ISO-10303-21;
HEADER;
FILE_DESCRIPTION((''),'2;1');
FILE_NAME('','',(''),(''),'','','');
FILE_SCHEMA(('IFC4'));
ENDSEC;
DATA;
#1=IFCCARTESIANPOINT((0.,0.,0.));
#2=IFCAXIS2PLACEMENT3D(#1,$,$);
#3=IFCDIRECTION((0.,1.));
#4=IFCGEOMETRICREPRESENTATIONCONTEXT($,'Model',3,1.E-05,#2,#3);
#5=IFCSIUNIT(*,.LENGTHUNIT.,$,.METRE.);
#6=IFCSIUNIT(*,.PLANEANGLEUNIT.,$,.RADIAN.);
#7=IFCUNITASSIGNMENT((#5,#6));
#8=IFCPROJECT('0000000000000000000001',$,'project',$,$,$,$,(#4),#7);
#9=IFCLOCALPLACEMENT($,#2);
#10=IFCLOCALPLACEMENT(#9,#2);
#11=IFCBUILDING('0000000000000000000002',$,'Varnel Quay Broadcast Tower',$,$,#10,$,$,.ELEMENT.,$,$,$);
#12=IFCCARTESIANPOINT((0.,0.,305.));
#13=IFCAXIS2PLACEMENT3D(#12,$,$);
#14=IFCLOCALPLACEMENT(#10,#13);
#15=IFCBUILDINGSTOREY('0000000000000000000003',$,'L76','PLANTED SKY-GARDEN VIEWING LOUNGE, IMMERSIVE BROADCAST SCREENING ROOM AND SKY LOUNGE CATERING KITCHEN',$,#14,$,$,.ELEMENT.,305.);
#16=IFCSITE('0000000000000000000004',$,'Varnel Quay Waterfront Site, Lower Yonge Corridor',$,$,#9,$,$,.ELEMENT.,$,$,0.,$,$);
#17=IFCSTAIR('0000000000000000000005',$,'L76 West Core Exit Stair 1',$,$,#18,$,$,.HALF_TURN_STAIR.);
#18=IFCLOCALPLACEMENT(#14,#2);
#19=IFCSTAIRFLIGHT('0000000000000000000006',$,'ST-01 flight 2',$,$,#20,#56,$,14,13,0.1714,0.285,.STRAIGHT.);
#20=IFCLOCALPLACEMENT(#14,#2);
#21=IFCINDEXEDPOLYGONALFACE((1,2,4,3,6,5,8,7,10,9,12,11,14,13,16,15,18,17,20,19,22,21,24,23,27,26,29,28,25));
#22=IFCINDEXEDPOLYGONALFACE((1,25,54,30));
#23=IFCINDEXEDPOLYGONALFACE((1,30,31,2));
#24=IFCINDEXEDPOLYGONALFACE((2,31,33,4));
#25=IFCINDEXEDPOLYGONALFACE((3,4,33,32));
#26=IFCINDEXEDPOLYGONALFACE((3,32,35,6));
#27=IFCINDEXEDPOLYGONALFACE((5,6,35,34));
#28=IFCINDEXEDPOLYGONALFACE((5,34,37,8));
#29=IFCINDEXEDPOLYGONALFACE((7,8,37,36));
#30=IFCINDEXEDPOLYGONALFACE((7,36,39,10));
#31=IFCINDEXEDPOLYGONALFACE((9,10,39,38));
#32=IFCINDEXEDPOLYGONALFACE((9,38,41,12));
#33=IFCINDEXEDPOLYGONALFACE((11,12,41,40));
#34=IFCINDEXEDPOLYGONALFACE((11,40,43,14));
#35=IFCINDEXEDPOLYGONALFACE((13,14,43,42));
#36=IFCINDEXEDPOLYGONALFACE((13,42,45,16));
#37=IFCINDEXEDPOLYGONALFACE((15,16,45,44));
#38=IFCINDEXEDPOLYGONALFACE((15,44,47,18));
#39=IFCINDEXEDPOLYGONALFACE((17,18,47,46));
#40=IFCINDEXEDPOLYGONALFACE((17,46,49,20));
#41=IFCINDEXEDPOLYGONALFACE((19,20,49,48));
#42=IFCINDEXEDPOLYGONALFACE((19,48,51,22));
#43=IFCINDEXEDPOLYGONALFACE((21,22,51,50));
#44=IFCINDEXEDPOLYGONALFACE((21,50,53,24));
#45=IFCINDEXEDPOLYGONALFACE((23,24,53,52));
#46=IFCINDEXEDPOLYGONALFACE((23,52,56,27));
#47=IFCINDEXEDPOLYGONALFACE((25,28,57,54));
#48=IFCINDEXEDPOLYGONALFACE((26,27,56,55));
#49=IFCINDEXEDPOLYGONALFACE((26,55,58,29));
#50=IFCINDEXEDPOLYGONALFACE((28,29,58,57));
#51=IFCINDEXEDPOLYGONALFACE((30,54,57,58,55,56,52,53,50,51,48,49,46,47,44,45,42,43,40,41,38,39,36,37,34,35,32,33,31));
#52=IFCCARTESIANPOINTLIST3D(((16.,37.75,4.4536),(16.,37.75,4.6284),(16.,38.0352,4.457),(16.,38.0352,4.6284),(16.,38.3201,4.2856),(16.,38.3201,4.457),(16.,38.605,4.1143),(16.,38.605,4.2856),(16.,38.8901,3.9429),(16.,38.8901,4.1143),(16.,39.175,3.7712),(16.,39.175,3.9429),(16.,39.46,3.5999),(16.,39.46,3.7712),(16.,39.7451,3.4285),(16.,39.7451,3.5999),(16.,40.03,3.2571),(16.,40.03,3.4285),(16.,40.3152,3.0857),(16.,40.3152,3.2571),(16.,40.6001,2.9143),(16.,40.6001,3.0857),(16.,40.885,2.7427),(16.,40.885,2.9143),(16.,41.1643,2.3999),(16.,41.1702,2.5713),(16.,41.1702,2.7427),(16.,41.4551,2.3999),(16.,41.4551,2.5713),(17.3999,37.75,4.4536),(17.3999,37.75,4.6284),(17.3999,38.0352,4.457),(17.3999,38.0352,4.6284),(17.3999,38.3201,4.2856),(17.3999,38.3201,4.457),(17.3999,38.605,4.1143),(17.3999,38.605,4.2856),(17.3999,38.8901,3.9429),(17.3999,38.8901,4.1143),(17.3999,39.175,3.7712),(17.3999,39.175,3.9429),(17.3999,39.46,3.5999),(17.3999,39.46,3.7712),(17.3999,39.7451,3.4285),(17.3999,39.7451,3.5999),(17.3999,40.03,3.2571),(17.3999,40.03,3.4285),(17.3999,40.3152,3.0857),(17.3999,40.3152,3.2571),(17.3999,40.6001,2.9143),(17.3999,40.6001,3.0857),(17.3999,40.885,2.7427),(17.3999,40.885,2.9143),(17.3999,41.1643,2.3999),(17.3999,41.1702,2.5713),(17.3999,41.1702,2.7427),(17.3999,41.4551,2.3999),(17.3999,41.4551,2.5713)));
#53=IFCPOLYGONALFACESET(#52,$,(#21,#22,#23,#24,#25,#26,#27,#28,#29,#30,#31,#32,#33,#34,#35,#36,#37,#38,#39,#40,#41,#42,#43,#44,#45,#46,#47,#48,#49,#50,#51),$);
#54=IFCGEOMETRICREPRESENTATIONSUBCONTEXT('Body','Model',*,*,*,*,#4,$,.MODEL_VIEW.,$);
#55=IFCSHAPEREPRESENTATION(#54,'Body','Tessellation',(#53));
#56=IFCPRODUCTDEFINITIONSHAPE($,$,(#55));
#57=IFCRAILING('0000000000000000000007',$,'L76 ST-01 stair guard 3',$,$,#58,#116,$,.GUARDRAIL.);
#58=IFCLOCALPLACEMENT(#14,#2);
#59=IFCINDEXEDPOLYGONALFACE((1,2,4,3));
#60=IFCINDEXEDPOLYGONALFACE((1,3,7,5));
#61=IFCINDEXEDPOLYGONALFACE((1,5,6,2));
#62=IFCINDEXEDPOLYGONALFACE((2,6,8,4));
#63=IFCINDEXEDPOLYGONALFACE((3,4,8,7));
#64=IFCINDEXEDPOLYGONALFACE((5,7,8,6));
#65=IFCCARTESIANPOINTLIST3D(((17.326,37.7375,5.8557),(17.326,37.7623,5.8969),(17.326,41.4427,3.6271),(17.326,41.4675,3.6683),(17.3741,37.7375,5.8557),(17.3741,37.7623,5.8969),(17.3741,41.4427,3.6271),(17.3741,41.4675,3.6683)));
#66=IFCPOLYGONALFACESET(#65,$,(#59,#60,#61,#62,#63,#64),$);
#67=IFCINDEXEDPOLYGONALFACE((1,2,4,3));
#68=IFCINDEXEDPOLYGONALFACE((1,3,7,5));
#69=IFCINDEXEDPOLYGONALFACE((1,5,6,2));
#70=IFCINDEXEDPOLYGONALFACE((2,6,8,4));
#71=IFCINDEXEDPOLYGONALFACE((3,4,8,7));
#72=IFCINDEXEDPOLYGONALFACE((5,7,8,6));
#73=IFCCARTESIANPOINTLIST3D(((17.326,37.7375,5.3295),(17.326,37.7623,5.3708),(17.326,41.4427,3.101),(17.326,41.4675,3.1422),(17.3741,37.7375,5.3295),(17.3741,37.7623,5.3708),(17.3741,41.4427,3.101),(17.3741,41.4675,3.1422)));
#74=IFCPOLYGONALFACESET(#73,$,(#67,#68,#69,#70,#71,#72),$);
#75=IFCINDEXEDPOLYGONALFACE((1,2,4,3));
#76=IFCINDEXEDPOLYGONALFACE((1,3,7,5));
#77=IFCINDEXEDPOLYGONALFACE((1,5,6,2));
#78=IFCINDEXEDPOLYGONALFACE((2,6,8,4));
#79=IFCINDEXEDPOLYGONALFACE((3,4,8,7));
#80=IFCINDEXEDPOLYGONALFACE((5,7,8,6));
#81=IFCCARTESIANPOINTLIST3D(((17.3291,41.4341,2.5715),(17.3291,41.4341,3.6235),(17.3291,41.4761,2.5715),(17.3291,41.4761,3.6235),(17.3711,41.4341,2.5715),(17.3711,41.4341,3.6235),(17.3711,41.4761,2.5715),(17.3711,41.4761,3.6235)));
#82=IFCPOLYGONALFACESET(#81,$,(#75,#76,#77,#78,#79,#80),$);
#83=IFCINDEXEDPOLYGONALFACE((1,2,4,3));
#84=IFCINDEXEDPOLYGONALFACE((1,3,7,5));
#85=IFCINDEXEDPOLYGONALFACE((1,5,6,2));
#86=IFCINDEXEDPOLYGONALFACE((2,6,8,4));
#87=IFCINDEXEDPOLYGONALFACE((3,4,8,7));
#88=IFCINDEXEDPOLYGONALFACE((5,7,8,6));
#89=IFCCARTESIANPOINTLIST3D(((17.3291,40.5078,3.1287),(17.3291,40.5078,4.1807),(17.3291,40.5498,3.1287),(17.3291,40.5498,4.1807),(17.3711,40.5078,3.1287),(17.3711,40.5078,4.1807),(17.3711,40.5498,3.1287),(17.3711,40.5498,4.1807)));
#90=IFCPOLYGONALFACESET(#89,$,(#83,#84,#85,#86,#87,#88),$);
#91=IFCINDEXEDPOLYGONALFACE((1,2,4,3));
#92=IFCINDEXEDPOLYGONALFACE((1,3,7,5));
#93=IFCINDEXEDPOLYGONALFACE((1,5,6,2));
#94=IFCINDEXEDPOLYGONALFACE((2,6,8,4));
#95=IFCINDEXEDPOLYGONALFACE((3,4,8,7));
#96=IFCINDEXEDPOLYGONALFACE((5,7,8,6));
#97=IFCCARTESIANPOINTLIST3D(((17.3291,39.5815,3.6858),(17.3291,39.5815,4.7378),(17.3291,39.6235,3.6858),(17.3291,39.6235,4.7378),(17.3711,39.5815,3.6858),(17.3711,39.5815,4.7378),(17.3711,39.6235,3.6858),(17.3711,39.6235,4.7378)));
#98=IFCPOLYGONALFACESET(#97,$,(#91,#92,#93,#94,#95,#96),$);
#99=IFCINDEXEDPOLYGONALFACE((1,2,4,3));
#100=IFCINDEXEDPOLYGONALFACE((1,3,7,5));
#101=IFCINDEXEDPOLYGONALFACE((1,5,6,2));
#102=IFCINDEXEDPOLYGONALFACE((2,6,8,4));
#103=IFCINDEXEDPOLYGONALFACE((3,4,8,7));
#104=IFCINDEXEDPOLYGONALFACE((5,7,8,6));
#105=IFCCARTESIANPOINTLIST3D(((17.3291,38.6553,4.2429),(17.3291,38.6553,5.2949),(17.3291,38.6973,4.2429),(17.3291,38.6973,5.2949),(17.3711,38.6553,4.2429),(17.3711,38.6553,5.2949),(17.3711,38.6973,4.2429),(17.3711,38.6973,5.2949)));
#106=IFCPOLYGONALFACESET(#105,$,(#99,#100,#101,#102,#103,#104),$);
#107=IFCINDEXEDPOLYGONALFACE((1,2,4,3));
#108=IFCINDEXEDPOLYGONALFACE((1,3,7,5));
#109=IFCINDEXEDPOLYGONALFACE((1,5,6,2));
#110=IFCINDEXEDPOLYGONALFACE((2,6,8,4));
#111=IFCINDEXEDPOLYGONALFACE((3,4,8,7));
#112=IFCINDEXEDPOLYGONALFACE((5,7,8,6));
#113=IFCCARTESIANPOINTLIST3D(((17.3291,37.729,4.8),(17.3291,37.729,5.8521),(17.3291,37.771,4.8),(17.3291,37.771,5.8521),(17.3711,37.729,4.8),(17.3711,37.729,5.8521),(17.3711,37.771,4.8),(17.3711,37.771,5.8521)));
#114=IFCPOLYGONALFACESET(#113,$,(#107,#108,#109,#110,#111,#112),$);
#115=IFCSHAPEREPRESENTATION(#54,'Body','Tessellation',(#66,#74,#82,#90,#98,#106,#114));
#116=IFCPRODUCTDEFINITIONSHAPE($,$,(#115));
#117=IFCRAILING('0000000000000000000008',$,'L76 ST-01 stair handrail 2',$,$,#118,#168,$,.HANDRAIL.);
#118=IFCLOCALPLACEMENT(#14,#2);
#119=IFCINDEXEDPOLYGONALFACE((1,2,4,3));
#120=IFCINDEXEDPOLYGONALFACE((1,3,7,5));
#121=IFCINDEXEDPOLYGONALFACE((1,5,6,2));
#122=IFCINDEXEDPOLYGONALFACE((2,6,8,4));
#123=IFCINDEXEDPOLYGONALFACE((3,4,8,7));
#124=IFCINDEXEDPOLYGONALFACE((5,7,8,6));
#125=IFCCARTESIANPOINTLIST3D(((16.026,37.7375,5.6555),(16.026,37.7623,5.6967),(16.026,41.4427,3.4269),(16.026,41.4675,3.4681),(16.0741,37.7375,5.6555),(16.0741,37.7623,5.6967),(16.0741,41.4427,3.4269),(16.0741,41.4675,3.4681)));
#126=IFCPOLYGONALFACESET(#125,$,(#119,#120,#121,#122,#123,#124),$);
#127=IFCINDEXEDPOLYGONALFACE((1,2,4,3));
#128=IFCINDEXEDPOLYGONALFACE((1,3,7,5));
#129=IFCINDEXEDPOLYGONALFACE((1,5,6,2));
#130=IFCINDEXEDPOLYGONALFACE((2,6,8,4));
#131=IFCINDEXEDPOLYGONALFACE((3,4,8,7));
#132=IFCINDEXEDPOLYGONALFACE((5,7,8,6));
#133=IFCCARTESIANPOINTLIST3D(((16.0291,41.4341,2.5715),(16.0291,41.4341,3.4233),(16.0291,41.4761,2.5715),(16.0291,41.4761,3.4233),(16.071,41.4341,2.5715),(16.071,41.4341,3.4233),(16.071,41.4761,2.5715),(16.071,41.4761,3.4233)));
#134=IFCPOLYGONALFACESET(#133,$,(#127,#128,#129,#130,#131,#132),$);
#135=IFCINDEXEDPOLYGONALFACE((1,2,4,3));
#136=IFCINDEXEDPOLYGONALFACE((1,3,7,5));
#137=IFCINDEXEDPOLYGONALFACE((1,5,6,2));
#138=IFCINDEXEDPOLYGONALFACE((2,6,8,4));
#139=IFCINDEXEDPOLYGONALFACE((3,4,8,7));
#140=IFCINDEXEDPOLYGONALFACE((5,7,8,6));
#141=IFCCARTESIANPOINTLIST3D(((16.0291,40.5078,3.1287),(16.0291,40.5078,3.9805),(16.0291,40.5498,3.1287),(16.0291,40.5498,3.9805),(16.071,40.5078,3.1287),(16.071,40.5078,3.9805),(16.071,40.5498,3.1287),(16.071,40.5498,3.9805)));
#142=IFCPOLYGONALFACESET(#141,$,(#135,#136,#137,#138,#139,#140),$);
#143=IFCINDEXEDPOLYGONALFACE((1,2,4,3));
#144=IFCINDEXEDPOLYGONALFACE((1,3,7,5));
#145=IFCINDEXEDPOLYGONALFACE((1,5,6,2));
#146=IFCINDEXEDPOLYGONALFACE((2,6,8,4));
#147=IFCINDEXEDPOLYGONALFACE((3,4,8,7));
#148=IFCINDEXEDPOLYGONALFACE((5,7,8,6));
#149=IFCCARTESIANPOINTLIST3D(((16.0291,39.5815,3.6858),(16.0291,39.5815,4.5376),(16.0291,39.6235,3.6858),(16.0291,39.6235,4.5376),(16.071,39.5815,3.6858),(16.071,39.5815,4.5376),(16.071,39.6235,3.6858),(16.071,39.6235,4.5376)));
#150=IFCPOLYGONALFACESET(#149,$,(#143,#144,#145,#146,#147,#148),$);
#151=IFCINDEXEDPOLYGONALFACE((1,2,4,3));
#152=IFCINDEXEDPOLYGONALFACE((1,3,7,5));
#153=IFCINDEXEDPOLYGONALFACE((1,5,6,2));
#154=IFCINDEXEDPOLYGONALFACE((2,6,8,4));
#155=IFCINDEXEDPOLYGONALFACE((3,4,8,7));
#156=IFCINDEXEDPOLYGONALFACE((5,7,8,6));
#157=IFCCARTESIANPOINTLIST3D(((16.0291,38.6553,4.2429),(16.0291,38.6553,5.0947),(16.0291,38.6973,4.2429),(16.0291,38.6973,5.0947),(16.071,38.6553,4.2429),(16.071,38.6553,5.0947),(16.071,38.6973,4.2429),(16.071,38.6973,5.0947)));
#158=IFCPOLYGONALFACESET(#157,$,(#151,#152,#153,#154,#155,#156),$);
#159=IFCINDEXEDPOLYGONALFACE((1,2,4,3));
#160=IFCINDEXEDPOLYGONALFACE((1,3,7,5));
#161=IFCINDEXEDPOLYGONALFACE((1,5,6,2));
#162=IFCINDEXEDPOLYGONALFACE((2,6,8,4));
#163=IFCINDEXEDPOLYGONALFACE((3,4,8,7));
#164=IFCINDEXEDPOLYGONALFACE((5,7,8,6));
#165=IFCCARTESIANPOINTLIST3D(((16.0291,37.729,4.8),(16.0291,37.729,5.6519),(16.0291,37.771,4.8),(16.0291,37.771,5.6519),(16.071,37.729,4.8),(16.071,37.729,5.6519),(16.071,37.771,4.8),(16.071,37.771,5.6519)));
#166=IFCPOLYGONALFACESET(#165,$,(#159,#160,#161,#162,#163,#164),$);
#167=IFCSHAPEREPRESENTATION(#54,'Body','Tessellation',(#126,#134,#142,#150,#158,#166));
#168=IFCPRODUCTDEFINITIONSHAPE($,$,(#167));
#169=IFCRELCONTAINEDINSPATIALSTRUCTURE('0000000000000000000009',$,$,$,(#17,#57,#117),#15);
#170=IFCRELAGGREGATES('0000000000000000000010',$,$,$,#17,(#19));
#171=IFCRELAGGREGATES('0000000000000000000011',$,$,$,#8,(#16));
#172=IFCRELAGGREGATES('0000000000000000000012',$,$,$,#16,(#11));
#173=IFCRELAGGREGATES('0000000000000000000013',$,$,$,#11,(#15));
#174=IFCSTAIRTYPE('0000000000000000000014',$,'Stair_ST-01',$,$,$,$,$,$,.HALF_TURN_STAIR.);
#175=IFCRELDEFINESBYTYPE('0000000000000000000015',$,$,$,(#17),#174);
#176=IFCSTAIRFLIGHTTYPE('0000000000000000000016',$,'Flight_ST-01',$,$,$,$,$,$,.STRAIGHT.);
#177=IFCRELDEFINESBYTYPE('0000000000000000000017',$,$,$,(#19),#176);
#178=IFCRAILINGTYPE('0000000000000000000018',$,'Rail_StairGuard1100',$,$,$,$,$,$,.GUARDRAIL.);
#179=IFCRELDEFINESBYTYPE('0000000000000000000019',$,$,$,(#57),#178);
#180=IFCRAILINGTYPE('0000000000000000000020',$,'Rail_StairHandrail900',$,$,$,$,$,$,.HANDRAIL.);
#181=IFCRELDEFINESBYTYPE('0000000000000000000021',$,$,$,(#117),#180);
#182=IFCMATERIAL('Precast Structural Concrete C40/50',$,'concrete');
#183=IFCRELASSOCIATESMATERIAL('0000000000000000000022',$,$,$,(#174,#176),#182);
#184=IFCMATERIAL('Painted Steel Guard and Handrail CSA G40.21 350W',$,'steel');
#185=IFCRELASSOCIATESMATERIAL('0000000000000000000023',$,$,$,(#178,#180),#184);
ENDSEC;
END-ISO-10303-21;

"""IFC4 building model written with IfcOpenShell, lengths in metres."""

from ifc_helpers import new_model, si_unit, direction, frame, origin, origin_2d, place, context, subcontext, project, spatial, polyline, rectangle, outline, extrude, material, type_object, element, aggregate, save


model = new_model("IFC4")

# Units and contexts
model_context = context("Model", 3, precision=1e-05, world=origin(), true_north=direction((0.0, 1.0)))
body_context = subcontext(model_context, "Body", "Model", "MODEL_VIEW")
ifc_project = project(units=[si_unit("LENGTHUNIT", "METRE"), si_unit("PLANEANGLEUNIT", "RADIAN")], contexts=[model_context])

# Site, building, storey
site_placement = place(None, origin())
site = spatial("IfcSite", under=ifc_project, at=site_placement, Name="Varnel Quay Waterfront Site, Lower Yonge Corridor", CompositionType="ELEMENT", RefElevation=0.0)
building_placement = place(site_placement, origin())
building = spatial("IfcBuilding", under=site, at=building_placement, Name="Varnel Quay Broadcast Tower", CompositionType="ELEMENT")
storey_placement = place(building_placement, frame((0.0, 0.0, 305.0)))
storey = spatial("IfcBuildingStorey", under=building, at=storey_placement, Name="L76", Description="PLANTED SKY-GARDEN VIEWING LOUNGE, IMMERSIVE BROADCAST SCREENING ROOM AND SKY LOUNGE CATERING KITCHEN", CompositionType="ELEMENT", Elevation=305.0)

# Stair, stair flight
ifc_material_1 = material(Name="Precast Structural Concrete C40/50", Category="concrete")
stair_type = type_object("IfcStairType", Name="Stair_ST-01", PredefinedType="HALF_TURN_STAIR", material=ifc_material_1)
stair_placement = place(storey_placement, origin())
stair = element("IfcStair", 1, at=stair_placement, inside=storey, type_object=stair_type, Name="L76 West Core Exit Stair 1", PredefinedType="HALF_TURN_STAIR")
stair_flight_type = type_object("IfcStairFlightType", Name="Flight_ST-01", PredefinedType="STRAIGHT", material=ifc_material_1)
stair_flight_placement = place(storey_placement, frame((16.7, 41.4551, 2.3999), z_axis=(0.0, 0.0, 1.0), x_axis=(0.0, -1.0, 0.0)))
stair_flight = element("IfcStairFlight", 2, at=stair_flight_placement, type_object=stair_flight_type, Name="ST-01 flight 2", NumberOfRisers=14, NumberOfTreads=13, PredefinedType="STRAIGHT", RiserHeight=0.1714, TreadLength=0.285, context=body_context, shape_type="SweptSolid", body=[
    extrude(outline(polyline([(0.0, 0.0), (0.0, 0.1714), (0.2849, 0.1714), (0.2849, 0.3428), (0.5701, 0.3428), (0.5701, 0.5144), (0.855, 0.5144), (0.855, 0.6858), (1.1399, 0.6858), (1.1399, 0.8572), (1.425, 0.8572), (1.425, 1.0286), (1.71, 1.0286), (1.71, 1.2), (1.9951, 1.2), (1.9951, 1.3713), (2.28, 1.3713), (2.28, 1.543), (2.5649, 1.543), (2.5649, 1.7144), (2.8501, 1.7144), (2.8501, 1.8857), (3.135, 1.8857), (3.135, 2.0571), (3.4199, 2.0571), (3.4199, 2.2285), (3.7051, 2.2285), (3.7051, 2.3999), (3.7051, 2.0537), (0.2908, 0.0), (0.0, 0.0)])), frame((0.0, 0.7, 0.0), z_axis=(0.0, -1.0, 0.0), x_axis=(1.0, 0.0, 0.0)), (0.0, 0.0, 1.0), 1.3999),
])
aggregate(stair, [stair_flight])

# Railings
ifc_material_2 = material(Name="Painted Steel Guard and Handrail CSA G40.21 350W", Category="steel")
railing_type_1 = type_object("IfcRailingType", Name="Rail_StairGuard1100", PredefinedType="GUARDRAIL", material=ifc_material_2)
railing_1_placement = place(storey_placement, frame((17.3501, 41.4551, 2.5715)))
element("IfcRailing", 3, at=railing_1_placement, inside=storey, type_object=railing_type_1, Name="L76 ST-01 stair guard 3", PredefinedType="GUARDRAIL", context=body_context, shape_type="SweptSolid", body=[
    extrude(rectangle(XDim=0.0481, YDim=0.0481, at=origin_2d()), frame((0.0, 0.0, 1.0762), z_axis=(0.0, -0.856934, 0.515425), x_axis=(1.0, 0.0, 0.0)), (0.0, 0.0, 1.0), 4.3237),
    extrude(rectangle(XDim=0.0481, YDim=0.0481, at=origin_2d()), frame((0.0, 0.0, 0.55), z_axis=(0.0, -0.856934, 0.515425), x_axis=(1.0, 0.0, 0.0)), (0.0, 0.0, 1.0), 4.3237),
    extrude(rectangle(XDim=0.042, YDim=0.042, at=origin_2d()), origin(), (0.0, 0.0, 1.0), 1.052),
    extrude(rectangle(XDim=0.042, YDim=0.042, at=origin_2d()), frame((0.0, -0.9263, 0.5571)), (0.0, 0.0, 1.0), 1.052),
    extrude(rectangle(XDim=0.042, YDim=0.042, at=origin_2d()), frame((0.0, -1.8525, 1.1143)), (0.0, 0.0, 1.0), 1.052),
    extrude(rectangle(XDim=0.042, YDim=0.042, at=origin_2d()), frame((0.0, -2.7788, 1.6714)), (0.0, 0.0, 1.0), 1.052),
    extrude(rectangle(XDim=0.042, YDim=0.042, at=origin_2d()), frame((0.0, -3.7051, 2.2285)), (0.0, 0.0, 1.0), 1.052),
])
railing_type_2 = type_object("IfcRailingType", Name="Rail_StairHandrail900", PredefinedType="HANDRAIL", material=ifc_material_2)
railing_2_placement = place(storey_placement, frame((16.05, 41.4551, 2.5715)))
element("IfcRailing", 4, at=railing_2_placement, inside=storey, type_object=railing_type_2, Name="L76 ST-01 stair handrail 2", PredefinedType="HANDRAIL", context=body_context, shape_type="SweptSolid", body=[
    extrude(rectangle(XDim=0.0481, YDim=0.0481, at=origin_2d()), frame((0.0, 0.0, 0.876), z_axis=(0.0, -0.856934, 0.515425), x_axis=(1.0, 0.0, 0.0)), (0.0, 0.0, 1.0), 4.3237),
    extrude(rectangle(XDim=0.042, YDim=0.042, at=origin_2d()), origin(), (0.0, 0.0, 1.0), 0.8518),
    extrude(rectangle(XDim=0.042, YDim=0.042, at=origin_2d()), frame((0.0, -0.9263, 0.5571)), (0.0, 0.0, 1.0), 0.8518),
    extrude(rectangle(XDim=0.042, YDim=0.042, at=origin_2d()), frame((0.0, -1.8525, 1.1143)), (0.0, 0.0, 1.0), 0.8518),
    extrude(rectangle(XDim=0.042, YDim=0.042, at=origin_2d()), frame((0.0, -2.7788, 1.6714)), (0.0, 0.0, 1.0), 0.8518),
    extrude(rectangle(XDim=0.042, YDim=0.042, at=origin_2d()), frame((0.0, -3.7051, 2.2285)), (0.0, 0.0, 1.0), 0.8518),
])

save(model, "model.ifc")
